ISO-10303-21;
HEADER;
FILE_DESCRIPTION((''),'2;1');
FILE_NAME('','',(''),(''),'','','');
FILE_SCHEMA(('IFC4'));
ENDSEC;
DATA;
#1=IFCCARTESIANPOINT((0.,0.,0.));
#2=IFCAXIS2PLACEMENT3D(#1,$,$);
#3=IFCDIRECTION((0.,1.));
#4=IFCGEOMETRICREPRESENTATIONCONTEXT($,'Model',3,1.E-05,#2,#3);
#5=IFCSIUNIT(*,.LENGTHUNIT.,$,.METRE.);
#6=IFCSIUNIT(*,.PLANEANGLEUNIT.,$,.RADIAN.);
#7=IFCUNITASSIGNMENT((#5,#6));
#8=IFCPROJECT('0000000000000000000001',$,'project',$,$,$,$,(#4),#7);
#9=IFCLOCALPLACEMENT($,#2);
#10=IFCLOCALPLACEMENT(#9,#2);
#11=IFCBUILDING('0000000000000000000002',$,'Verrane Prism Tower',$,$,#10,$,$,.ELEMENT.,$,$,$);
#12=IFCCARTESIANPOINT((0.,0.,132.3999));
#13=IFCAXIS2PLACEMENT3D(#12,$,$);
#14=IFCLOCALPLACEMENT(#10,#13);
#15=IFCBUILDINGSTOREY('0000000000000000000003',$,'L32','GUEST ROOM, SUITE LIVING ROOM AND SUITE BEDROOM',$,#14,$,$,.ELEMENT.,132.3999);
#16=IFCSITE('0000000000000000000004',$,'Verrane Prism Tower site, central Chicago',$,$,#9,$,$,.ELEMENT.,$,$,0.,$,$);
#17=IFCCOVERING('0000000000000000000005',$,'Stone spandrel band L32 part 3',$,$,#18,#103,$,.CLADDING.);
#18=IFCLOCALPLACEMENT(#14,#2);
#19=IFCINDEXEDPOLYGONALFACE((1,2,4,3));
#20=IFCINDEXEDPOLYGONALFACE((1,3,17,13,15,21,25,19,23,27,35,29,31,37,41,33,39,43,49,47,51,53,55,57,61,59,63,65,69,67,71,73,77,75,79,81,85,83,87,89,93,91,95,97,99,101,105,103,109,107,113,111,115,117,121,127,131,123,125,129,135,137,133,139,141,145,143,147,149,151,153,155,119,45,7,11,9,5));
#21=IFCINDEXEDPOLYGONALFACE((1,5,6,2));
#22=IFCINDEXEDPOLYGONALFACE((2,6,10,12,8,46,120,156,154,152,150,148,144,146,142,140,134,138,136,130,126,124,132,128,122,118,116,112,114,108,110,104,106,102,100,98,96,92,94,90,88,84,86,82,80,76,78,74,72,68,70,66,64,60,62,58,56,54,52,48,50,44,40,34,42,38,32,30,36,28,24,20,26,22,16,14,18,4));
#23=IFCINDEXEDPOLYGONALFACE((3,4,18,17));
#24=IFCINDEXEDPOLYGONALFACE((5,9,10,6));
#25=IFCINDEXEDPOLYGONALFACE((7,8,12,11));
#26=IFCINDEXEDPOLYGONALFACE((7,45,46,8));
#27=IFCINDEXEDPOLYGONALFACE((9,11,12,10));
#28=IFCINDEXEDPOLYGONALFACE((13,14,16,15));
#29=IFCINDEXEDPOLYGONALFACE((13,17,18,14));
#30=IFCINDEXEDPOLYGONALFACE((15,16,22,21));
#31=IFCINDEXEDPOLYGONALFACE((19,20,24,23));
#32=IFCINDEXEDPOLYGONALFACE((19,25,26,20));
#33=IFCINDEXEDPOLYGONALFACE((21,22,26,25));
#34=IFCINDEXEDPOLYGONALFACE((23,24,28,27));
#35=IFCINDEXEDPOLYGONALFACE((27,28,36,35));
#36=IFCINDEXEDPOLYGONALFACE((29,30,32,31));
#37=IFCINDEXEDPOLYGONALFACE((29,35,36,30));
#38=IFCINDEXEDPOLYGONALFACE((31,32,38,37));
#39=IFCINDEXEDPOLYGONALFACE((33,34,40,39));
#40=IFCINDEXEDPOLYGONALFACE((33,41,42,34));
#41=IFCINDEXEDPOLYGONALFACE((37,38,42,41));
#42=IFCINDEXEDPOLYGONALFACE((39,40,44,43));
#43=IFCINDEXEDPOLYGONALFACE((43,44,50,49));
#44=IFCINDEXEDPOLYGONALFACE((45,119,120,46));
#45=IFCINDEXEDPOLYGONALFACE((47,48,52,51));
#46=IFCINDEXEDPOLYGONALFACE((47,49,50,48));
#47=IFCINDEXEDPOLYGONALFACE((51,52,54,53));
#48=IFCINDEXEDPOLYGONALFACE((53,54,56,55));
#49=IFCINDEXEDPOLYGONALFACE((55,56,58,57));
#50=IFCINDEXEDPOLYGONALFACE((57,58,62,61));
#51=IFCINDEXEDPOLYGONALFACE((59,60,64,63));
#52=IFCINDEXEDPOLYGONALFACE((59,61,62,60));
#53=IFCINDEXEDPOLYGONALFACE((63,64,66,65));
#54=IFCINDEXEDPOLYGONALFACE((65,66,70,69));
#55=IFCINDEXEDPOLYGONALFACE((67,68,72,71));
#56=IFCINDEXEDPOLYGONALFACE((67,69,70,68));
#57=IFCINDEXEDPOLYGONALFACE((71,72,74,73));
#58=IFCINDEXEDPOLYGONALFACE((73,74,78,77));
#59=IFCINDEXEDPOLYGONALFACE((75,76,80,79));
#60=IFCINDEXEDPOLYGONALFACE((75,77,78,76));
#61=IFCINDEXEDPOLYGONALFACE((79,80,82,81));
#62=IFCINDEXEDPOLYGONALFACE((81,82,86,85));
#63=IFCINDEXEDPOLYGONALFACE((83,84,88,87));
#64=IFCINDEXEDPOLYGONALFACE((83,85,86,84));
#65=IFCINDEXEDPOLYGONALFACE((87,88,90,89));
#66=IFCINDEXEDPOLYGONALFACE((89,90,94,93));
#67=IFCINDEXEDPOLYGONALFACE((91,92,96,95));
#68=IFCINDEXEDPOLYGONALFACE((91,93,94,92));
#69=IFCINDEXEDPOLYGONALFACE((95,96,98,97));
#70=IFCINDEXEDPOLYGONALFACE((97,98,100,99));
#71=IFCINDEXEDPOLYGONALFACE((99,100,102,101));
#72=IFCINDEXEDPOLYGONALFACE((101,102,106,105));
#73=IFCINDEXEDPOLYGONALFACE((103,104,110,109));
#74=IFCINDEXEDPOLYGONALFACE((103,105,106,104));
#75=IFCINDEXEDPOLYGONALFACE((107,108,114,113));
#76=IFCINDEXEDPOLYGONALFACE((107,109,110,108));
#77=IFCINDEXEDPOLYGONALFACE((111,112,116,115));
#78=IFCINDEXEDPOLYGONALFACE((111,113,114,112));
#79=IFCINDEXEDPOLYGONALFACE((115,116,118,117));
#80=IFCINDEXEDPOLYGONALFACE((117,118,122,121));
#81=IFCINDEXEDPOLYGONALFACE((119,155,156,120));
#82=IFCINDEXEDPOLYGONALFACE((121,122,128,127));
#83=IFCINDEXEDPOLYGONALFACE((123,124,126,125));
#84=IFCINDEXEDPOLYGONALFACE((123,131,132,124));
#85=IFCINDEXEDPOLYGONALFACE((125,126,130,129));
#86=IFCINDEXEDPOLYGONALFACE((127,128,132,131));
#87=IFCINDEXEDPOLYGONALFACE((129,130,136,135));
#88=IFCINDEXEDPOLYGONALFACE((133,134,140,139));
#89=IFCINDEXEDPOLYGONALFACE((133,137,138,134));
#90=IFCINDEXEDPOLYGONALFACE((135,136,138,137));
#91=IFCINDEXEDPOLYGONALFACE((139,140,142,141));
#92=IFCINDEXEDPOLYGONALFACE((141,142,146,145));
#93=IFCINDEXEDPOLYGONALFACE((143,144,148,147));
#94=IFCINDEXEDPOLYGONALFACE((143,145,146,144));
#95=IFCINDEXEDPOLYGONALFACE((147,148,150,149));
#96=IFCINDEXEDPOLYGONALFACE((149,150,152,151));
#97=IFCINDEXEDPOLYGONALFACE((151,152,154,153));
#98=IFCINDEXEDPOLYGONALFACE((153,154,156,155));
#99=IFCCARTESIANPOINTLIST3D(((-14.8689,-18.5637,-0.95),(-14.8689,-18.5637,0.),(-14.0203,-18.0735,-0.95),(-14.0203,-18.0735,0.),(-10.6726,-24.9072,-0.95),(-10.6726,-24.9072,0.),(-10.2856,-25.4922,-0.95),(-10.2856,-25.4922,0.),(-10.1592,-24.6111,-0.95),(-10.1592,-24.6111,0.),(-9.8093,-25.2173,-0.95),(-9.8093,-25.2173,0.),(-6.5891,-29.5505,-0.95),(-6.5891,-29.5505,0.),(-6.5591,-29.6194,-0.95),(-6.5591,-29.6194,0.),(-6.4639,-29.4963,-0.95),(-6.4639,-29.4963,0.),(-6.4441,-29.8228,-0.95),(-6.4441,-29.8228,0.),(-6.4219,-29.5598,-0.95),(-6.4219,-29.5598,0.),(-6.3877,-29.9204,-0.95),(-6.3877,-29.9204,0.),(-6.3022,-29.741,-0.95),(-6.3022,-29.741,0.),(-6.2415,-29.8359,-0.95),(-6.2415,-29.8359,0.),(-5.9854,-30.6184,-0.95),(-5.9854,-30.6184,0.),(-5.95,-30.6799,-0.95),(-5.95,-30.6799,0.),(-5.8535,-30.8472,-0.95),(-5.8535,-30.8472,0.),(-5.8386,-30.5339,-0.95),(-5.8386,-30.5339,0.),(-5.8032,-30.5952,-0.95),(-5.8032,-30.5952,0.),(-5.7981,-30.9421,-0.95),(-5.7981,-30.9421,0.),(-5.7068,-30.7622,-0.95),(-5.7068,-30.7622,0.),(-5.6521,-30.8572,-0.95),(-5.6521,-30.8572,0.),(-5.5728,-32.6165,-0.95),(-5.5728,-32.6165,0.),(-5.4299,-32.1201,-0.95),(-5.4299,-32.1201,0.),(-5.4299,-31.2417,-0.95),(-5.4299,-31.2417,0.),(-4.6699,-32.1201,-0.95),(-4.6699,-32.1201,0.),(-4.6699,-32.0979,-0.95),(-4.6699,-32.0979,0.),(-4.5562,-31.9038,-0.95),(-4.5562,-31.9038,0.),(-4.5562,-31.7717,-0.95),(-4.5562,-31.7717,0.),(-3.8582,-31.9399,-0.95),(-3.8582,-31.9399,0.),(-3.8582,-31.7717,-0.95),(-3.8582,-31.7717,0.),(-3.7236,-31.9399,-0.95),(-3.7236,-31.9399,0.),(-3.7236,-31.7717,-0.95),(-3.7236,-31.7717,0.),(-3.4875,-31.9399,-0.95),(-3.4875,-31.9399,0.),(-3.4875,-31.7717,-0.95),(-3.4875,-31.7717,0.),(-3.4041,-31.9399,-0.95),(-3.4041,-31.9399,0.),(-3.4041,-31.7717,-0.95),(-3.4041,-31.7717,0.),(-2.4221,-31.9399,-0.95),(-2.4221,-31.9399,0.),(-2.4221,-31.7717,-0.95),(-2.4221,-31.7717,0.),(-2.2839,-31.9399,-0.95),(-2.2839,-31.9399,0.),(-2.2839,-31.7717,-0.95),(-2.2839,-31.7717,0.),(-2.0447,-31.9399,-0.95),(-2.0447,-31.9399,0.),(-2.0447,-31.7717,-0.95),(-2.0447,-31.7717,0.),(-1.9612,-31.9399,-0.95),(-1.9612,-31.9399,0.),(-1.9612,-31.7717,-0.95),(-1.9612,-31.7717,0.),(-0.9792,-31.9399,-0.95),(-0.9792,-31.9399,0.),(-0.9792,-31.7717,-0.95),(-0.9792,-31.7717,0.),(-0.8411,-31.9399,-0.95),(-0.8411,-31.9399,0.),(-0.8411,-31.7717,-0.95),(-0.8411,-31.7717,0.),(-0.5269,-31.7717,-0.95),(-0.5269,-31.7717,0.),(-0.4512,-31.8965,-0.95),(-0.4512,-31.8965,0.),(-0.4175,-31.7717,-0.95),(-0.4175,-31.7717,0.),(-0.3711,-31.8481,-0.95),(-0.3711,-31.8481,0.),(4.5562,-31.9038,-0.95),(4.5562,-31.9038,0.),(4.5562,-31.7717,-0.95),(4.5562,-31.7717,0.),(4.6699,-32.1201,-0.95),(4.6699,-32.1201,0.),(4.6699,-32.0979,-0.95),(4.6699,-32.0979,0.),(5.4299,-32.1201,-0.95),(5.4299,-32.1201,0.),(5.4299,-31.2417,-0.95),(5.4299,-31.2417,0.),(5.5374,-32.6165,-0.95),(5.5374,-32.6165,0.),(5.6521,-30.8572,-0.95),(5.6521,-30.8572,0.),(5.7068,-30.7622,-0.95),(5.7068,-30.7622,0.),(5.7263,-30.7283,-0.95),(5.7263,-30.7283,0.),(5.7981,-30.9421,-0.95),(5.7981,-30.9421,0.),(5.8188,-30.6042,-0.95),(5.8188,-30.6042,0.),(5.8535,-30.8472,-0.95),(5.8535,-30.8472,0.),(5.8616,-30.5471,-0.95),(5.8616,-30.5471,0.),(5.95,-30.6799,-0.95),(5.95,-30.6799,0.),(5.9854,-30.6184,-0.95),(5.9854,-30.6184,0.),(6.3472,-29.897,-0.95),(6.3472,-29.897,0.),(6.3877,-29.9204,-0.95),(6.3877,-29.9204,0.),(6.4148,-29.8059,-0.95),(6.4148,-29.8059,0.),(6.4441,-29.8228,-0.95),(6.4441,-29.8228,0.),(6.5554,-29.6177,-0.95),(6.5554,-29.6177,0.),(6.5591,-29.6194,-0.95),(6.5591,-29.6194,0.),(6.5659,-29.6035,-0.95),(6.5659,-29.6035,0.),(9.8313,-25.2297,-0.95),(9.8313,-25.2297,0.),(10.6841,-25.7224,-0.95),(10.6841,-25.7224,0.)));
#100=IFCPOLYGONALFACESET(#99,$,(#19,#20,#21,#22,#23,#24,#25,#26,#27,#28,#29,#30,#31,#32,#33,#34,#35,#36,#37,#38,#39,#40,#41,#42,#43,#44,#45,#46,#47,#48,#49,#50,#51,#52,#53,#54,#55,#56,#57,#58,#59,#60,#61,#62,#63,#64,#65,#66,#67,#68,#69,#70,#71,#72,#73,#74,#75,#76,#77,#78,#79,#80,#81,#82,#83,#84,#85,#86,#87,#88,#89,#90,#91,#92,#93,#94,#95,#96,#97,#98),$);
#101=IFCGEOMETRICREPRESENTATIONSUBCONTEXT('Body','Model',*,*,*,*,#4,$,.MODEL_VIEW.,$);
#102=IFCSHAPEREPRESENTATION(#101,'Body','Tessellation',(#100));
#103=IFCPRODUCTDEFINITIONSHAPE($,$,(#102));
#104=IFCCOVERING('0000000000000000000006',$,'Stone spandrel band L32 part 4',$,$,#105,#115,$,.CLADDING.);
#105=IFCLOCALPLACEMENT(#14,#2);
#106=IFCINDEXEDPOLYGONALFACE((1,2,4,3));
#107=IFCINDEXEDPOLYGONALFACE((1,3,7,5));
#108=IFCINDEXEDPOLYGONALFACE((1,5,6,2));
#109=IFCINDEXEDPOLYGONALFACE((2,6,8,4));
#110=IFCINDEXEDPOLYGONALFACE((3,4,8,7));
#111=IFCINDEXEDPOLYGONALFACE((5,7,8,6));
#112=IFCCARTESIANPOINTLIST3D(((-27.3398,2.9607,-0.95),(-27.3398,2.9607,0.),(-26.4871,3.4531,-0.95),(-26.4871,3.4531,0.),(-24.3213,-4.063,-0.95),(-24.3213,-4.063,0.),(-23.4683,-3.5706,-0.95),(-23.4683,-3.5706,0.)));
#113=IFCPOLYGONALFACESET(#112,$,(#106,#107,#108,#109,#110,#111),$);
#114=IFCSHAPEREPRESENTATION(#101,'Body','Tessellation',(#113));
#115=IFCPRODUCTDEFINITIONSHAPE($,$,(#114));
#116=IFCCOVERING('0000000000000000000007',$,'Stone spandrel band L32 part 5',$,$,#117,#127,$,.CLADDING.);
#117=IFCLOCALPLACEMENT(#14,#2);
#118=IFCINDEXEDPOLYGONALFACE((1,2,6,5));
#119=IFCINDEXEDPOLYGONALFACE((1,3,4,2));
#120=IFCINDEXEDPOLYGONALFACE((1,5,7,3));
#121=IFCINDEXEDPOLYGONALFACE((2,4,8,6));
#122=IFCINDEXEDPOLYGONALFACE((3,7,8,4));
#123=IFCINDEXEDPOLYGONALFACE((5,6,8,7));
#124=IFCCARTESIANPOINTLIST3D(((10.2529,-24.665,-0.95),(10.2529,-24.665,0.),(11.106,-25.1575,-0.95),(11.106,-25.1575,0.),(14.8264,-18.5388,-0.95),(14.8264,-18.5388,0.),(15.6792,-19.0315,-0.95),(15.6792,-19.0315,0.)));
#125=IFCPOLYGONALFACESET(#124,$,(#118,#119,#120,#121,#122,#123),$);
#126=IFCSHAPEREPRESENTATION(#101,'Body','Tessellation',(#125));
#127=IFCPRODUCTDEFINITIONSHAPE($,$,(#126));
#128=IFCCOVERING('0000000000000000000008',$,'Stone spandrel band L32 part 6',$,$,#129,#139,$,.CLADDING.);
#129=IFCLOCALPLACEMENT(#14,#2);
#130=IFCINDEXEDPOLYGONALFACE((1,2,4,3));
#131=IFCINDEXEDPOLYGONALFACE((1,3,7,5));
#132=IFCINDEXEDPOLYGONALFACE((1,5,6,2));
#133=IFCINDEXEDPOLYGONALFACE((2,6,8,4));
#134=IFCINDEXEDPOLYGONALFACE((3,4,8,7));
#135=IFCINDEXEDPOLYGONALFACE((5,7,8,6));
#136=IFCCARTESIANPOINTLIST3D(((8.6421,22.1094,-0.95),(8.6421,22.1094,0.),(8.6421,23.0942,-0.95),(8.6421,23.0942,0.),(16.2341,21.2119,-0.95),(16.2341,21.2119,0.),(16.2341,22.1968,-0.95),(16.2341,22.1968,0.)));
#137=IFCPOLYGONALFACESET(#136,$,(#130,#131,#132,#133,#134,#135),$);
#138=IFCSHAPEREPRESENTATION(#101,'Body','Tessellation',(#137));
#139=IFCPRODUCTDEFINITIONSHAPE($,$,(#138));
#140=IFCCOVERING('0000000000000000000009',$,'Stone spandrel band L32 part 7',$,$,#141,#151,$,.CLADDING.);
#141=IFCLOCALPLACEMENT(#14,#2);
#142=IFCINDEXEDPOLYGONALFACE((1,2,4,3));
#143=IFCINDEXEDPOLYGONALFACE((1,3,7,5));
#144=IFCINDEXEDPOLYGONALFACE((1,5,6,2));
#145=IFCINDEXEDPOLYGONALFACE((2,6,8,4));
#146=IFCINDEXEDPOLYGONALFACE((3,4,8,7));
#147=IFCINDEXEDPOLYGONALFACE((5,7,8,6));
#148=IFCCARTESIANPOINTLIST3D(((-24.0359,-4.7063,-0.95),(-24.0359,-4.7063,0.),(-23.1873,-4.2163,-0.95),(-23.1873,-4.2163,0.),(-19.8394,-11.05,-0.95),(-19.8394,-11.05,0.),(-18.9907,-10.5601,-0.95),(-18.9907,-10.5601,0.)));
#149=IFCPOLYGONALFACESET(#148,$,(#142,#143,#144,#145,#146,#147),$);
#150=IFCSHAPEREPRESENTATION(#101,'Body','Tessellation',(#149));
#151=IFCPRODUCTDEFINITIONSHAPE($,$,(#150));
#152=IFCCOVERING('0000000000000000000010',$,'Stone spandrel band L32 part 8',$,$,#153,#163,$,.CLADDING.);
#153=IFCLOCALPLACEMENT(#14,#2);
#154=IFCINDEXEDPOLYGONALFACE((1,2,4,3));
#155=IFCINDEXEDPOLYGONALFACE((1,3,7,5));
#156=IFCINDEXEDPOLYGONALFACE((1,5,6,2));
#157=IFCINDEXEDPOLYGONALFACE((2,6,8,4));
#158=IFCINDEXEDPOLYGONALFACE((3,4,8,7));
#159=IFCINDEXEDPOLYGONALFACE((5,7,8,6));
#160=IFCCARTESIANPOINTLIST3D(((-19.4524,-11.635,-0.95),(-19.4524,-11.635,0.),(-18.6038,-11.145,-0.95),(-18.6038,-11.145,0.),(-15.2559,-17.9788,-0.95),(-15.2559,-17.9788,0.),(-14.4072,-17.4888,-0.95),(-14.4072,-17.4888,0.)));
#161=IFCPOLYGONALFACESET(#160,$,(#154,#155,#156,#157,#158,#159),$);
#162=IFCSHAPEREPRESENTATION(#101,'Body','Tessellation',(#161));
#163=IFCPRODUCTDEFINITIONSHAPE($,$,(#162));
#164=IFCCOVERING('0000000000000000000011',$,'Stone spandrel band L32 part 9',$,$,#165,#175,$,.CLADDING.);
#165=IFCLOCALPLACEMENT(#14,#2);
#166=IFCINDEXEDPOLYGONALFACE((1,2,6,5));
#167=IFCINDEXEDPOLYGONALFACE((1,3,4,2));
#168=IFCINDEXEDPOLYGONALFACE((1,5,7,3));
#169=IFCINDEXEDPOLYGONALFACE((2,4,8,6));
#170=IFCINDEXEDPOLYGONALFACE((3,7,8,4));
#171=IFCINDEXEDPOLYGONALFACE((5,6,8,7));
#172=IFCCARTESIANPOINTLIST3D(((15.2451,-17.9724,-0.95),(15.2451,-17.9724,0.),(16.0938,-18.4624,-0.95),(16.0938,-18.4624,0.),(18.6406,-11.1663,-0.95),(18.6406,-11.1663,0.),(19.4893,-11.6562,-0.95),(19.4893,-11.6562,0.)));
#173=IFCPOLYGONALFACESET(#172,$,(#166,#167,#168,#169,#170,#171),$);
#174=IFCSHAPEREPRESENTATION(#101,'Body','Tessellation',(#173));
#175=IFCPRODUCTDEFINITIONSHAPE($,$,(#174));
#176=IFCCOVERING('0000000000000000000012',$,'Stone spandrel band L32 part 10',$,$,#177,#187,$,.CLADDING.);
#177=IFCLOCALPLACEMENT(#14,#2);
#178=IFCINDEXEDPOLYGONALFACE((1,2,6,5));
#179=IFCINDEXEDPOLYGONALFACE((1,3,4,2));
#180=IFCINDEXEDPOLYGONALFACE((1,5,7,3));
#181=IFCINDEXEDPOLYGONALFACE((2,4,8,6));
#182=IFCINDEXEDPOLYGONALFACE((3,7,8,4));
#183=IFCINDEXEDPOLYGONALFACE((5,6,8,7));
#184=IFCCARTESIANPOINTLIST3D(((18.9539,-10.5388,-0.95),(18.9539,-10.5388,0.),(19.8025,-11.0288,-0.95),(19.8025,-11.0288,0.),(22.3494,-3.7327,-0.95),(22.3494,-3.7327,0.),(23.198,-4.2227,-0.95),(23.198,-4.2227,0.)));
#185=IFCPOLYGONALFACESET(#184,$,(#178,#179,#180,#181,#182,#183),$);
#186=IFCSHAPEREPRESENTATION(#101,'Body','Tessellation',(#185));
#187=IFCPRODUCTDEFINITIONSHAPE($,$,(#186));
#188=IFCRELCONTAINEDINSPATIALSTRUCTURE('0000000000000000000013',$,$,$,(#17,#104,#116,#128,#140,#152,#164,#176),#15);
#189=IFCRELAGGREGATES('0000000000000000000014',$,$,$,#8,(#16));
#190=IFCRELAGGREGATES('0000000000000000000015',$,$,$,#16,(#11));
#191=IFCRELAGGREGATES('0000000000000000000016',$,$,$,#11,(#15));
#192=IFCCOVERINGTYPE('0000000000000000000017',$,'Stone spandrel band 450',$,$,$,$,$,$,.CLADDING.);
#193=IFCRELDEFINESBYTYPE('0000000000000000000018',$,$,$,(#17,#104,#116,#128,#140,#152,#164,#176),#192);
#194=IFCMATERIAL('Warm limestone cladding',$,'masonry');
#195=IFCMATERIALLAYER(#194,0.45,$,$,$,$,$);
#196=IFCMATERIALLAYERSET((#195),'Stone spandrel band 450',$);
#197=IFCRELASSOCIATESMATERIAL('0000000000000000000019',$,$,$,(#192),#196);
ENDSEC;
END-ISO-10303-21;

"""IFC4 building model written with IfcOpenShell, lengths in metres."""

from ifc_helpers import new_model, si_unit, direction, frame, origin, place, context, subcontext, project, spatial, polyline, outline, extrude, material, layer, layer_set, type_object, element, save


model = new_model("IFC4")

# Units and contexts
model_context = context("Model", 3, precision=1e-05, world=origin(), true_north=direction((0.0, 1.0)))
body_context = subcontext(model_context, "Body", "Model", "MODEL_VIEW")
ifc_project = project(units=[si_unit("LENGTHUNIT", "METRE"), si_unit("PLANEANGLEUNIT", "RADIAN")], contexts=[model_context])

# Site, building, storey
site_placement = place(None, origin())
site = spatial("IfcSite", under=ifc_project, at=site_placement, Name="Verrane Prism Tower site, central Chicago", CompositionType="ELEMENT", RefElevation=0.0)
building_placement = place(site_placement, origin())
building = spatial("IfcBuilding", under=site, at=building_placement, Name="Verrane Prism Tower", CompositionType="ELEMENT")
storey_placement = place(building_placement, frame((0.0, 0.0, 132.3999)))
storey = spatial("IfcBuildingStorey", under=building, at=storey_placement, Name="L32", Description="GUEST ROOM, SUITE LIVING ROOM AND SUITE BEDROOM", CompositionType="ELEMENT", Elevation=132.3999)

# Coverings
ifc_material_1 = material(Name="Warm limestone cladding", Category="masonry")
ifc_layer_1 = layer(ifc_material_1, 0.45)
ifc_layer_set_1 = layer_set([ifc_layer_1], Name="Stone spandrel band 450")
covering_type_1 = type_object("IfcCoveringType", Name="Stone spandrel band 450", PredefinedType="CLADDING", material=ifc_layer_set_1)
covering_1_placement = place(storey_placement, frame((0.0, 0.0, -0.95)))
element("IfcCovering", 1, at=covering_1_placement, inside=storey, type_object=covering_type_1, Name="Stone spandrel band L32 part 3", PredefinedType="CLADDING", context=body_context, shape_type="SweptSolid", body=[
    extrude(outline(polyline([(5.5374, -32.6165), (10.6841, -25.7224), (9.8313, -25.2297), (6.5659, -29.6035), (6.5591, -29.6194), (6.5554, -29.6177), (6.4148, -29.8059), (6.4441, -29.8228), (6.3877, -29.9204), (6.3472, -29.897), (5.8616, -30.5471), (5.9854, -30.6184), (5.95, -30.6799), (5.8188, -30.6042), (5.7263, -30.7283), (5.7068, -30.7622), (5.8535, -30.8472), (5.7981, -30.9421), (5.6521, -30.8572), (5.4299, -31.2417), (5.4299, -32.1201), (4.6699, -32.1201), (4.6699, -32.0979), (4.5562, -31.9038), (4.5562, -31.7717), (-0.4175, -31.7717), (-0.3711, -31.8481), (-0.4512, -31.8965), (-0.5269, -31.7717), (-0.8411, -31.7717), (-0.8411, -31.9399), (-0.9792, -31.9399), (-0.9792, -31.7717), (-1.9612, -31.7717), (-1.9612, -31.9399), (-2.0447, -31.9399), (-2.0447, -31.7717), (-2.2839, -31.7717), (-2.2839, -31.9399), (-2.4221, -31.9399), (-2.4221, -31.7717), (-3.4041, -31.7717), (-3.4041, -31.9399), (-3.4875, -31.9399), (-3.4875, -31.7717), (-3.7236, -31.7717), (-3.7236, -31.9399), (-3.8582, -31.9399), (-3.8582, -31.7717), (-4.5562, -31.7717), (-4.5562, -31.9038), (-4.6699, -32.0979), (-4.6699, -32.1201), (-5.4299, -32.1201), (-5.4299, -31.2417), (-5.6521, -30.8572), (-5.7981, -30.9421), (-5.8535, -30.8472), (-5.7068, -30.7622), (-5.8032, -30.5952), (-5.95, -30.6799), (-5.9854, -30.6184), (-5.8386, -30.5339), (-6.2415, -29.8359), (-6.3877, -29.9204), (-6.4441, -29.8228), (-6.3022, -29.741), (-6.4219, -29.5598), (-6.5591, -29.6194), (-6.5891, -29.5505), (-6.4639, -29.4963), (-14.0203, -18.0735), (-14.8689, -18.5637), (-10.6726, -24.9072), (-10.1592, -24.6111), (-9.8093, -25.2173), (-10.2856, -25.4922), (-5.5728, -32.6165), (5.5374, -32.6165)])), origin(), (0.0, 0.0, 1.0), 0.95),
])
covering_2_placement = place(storey_placement, frame((0.0, 0.0, -0.95)))
element("IfcCovering", 2, at=covering_2_placement, inside=storey, type_object=covering_type_1, Name="Stone spandrel band L32 part 4", PredefinedType="CLADDING", context=body_context, shape_type="SweptSolid", body=[
    extrude(outline(polyline([(-24.3213, -4.063), (-23.4683, -3.5706), (-26.4871, 3.4531), (-27.3398, 2.9607), (-24.3213, -4.063)])), origin(), (0.0, 0.0, 1.0), 0.95),
])
covering_3_placement = place(storey_placement, frame((0.0, 0.0, -0.95)))
element("IfcCovering", 3, at=covering_3_placement, inside=storey, type_object=covering_type_1, Name="Stone spandrel band L32 part 5", PredefinedType="CLADDING", context=body_context, shape_type="SweptSolid", body=[
    extrude(outline(polyline([(15.6792, -19.0315), (14.8264, -18.5388), (10.2529, -24.665), (11.106, -25.1575), (15.6792, -19.0315)])), origin(), (0.0, 0.0, 1.0), 0.95),
])
covering_4_placement = place(storey_placement, frame((0.0, 0.0, -0.95)))
element("IfcCovering", 4, at=covering_4_placement, inside=storey, type_object=covering_type_1, Name="Stone spandrel band L32 part 6", PredefinedType="CLADDING", context=body_context, shape_type="SweptSolid", body=[
    extrude(outline(polyline([(8.6421, 22.1094), (16.2341, 21.2119), (16.2341, 22.1968), (8.6421, 23.0942), (8.6421, 22.1094)])), origin(), (0.0, 0.0, 1.0), 0.95),
])
covering_5_placement = place(storey_placement, frame((0.0, 0.0, -0.95)))
element("IfcCovering", 5, at=covering_5_placement, inside=storey, type_object=covering_type_1, Name="Stone spandrel band L32 part 7", PredefinedType="CLADDING", context=body_context, shape_type="SweptSolid", body=[
    extrude(outline(polyline([(-18.9907, -10.5601), (-23.1873, -4.2163), (-24.0359, -4.7063), (-19.8394, -11.05), (-18.9907, -10.5601)])), origin(), (0.0, 0.0, 1.0), 0.95),
])
covering_6_placement = place(storey_placement, frame((0.0, 0.0, -0.95)))
element("IfcCovering", 6, at=covering_6_placement, inside=storey, type_object=covering_type_1, Name="Stone spandrel band L32 part 8", PredefinedType="CLADDING", context=body_context, shape_type="SweptSolid", body=[
    extrude(outline(polyline([(-14.4072, -17.4888), (-18.6038, -11.145), (-19.4524, -11.635), (-15.2559, -17.9788), (-14.4072, -17.4888)])), origin(), (0.0, 0.0, 1.0), 0.95),
])
covering_7_placement = place(storey_placement, frame((0.0, 0.0, -0.95)))
element("IfcCovering", 7, at=covering_7_placement, inside=storey, type_object=covering_type_1, Name="Stone spandrel band L32 part 9", PredefinedType="CLADDING", context=body_context, shape_type="SweptSolid", body=[
    extrude(outline(polyline([(18.6406, -11.1663), (15.2451, -17.9724), (16.0938, -18.4624), (19.4893, -11.6562), (18.6406, -11.1663)])), origin(), (0.0, 0.0, 1.0), 0.95),
])
covering_8_placement = place(storey_placement, frame((0.0, 0.0, -0.95)))
element("IfcCovering", 8, at=covering_8_placement, inside=storey, type_object=covering_type_1, Name="Stone spandrel band L32 part 10", PredefinedType="CLADDING", context=body_context, shape_type="SweptSolid", body=[
    extrude(outline(polyline([(22.3494, -3.7327), (18.9539, -10.5388), (19.8025, -11.0288), (23.198, -4.2227), (22.3494, -3.7327)])), origin(), (0.0, 0.0, 1.0), 0.95),
])

save(model, "model.ifc")
